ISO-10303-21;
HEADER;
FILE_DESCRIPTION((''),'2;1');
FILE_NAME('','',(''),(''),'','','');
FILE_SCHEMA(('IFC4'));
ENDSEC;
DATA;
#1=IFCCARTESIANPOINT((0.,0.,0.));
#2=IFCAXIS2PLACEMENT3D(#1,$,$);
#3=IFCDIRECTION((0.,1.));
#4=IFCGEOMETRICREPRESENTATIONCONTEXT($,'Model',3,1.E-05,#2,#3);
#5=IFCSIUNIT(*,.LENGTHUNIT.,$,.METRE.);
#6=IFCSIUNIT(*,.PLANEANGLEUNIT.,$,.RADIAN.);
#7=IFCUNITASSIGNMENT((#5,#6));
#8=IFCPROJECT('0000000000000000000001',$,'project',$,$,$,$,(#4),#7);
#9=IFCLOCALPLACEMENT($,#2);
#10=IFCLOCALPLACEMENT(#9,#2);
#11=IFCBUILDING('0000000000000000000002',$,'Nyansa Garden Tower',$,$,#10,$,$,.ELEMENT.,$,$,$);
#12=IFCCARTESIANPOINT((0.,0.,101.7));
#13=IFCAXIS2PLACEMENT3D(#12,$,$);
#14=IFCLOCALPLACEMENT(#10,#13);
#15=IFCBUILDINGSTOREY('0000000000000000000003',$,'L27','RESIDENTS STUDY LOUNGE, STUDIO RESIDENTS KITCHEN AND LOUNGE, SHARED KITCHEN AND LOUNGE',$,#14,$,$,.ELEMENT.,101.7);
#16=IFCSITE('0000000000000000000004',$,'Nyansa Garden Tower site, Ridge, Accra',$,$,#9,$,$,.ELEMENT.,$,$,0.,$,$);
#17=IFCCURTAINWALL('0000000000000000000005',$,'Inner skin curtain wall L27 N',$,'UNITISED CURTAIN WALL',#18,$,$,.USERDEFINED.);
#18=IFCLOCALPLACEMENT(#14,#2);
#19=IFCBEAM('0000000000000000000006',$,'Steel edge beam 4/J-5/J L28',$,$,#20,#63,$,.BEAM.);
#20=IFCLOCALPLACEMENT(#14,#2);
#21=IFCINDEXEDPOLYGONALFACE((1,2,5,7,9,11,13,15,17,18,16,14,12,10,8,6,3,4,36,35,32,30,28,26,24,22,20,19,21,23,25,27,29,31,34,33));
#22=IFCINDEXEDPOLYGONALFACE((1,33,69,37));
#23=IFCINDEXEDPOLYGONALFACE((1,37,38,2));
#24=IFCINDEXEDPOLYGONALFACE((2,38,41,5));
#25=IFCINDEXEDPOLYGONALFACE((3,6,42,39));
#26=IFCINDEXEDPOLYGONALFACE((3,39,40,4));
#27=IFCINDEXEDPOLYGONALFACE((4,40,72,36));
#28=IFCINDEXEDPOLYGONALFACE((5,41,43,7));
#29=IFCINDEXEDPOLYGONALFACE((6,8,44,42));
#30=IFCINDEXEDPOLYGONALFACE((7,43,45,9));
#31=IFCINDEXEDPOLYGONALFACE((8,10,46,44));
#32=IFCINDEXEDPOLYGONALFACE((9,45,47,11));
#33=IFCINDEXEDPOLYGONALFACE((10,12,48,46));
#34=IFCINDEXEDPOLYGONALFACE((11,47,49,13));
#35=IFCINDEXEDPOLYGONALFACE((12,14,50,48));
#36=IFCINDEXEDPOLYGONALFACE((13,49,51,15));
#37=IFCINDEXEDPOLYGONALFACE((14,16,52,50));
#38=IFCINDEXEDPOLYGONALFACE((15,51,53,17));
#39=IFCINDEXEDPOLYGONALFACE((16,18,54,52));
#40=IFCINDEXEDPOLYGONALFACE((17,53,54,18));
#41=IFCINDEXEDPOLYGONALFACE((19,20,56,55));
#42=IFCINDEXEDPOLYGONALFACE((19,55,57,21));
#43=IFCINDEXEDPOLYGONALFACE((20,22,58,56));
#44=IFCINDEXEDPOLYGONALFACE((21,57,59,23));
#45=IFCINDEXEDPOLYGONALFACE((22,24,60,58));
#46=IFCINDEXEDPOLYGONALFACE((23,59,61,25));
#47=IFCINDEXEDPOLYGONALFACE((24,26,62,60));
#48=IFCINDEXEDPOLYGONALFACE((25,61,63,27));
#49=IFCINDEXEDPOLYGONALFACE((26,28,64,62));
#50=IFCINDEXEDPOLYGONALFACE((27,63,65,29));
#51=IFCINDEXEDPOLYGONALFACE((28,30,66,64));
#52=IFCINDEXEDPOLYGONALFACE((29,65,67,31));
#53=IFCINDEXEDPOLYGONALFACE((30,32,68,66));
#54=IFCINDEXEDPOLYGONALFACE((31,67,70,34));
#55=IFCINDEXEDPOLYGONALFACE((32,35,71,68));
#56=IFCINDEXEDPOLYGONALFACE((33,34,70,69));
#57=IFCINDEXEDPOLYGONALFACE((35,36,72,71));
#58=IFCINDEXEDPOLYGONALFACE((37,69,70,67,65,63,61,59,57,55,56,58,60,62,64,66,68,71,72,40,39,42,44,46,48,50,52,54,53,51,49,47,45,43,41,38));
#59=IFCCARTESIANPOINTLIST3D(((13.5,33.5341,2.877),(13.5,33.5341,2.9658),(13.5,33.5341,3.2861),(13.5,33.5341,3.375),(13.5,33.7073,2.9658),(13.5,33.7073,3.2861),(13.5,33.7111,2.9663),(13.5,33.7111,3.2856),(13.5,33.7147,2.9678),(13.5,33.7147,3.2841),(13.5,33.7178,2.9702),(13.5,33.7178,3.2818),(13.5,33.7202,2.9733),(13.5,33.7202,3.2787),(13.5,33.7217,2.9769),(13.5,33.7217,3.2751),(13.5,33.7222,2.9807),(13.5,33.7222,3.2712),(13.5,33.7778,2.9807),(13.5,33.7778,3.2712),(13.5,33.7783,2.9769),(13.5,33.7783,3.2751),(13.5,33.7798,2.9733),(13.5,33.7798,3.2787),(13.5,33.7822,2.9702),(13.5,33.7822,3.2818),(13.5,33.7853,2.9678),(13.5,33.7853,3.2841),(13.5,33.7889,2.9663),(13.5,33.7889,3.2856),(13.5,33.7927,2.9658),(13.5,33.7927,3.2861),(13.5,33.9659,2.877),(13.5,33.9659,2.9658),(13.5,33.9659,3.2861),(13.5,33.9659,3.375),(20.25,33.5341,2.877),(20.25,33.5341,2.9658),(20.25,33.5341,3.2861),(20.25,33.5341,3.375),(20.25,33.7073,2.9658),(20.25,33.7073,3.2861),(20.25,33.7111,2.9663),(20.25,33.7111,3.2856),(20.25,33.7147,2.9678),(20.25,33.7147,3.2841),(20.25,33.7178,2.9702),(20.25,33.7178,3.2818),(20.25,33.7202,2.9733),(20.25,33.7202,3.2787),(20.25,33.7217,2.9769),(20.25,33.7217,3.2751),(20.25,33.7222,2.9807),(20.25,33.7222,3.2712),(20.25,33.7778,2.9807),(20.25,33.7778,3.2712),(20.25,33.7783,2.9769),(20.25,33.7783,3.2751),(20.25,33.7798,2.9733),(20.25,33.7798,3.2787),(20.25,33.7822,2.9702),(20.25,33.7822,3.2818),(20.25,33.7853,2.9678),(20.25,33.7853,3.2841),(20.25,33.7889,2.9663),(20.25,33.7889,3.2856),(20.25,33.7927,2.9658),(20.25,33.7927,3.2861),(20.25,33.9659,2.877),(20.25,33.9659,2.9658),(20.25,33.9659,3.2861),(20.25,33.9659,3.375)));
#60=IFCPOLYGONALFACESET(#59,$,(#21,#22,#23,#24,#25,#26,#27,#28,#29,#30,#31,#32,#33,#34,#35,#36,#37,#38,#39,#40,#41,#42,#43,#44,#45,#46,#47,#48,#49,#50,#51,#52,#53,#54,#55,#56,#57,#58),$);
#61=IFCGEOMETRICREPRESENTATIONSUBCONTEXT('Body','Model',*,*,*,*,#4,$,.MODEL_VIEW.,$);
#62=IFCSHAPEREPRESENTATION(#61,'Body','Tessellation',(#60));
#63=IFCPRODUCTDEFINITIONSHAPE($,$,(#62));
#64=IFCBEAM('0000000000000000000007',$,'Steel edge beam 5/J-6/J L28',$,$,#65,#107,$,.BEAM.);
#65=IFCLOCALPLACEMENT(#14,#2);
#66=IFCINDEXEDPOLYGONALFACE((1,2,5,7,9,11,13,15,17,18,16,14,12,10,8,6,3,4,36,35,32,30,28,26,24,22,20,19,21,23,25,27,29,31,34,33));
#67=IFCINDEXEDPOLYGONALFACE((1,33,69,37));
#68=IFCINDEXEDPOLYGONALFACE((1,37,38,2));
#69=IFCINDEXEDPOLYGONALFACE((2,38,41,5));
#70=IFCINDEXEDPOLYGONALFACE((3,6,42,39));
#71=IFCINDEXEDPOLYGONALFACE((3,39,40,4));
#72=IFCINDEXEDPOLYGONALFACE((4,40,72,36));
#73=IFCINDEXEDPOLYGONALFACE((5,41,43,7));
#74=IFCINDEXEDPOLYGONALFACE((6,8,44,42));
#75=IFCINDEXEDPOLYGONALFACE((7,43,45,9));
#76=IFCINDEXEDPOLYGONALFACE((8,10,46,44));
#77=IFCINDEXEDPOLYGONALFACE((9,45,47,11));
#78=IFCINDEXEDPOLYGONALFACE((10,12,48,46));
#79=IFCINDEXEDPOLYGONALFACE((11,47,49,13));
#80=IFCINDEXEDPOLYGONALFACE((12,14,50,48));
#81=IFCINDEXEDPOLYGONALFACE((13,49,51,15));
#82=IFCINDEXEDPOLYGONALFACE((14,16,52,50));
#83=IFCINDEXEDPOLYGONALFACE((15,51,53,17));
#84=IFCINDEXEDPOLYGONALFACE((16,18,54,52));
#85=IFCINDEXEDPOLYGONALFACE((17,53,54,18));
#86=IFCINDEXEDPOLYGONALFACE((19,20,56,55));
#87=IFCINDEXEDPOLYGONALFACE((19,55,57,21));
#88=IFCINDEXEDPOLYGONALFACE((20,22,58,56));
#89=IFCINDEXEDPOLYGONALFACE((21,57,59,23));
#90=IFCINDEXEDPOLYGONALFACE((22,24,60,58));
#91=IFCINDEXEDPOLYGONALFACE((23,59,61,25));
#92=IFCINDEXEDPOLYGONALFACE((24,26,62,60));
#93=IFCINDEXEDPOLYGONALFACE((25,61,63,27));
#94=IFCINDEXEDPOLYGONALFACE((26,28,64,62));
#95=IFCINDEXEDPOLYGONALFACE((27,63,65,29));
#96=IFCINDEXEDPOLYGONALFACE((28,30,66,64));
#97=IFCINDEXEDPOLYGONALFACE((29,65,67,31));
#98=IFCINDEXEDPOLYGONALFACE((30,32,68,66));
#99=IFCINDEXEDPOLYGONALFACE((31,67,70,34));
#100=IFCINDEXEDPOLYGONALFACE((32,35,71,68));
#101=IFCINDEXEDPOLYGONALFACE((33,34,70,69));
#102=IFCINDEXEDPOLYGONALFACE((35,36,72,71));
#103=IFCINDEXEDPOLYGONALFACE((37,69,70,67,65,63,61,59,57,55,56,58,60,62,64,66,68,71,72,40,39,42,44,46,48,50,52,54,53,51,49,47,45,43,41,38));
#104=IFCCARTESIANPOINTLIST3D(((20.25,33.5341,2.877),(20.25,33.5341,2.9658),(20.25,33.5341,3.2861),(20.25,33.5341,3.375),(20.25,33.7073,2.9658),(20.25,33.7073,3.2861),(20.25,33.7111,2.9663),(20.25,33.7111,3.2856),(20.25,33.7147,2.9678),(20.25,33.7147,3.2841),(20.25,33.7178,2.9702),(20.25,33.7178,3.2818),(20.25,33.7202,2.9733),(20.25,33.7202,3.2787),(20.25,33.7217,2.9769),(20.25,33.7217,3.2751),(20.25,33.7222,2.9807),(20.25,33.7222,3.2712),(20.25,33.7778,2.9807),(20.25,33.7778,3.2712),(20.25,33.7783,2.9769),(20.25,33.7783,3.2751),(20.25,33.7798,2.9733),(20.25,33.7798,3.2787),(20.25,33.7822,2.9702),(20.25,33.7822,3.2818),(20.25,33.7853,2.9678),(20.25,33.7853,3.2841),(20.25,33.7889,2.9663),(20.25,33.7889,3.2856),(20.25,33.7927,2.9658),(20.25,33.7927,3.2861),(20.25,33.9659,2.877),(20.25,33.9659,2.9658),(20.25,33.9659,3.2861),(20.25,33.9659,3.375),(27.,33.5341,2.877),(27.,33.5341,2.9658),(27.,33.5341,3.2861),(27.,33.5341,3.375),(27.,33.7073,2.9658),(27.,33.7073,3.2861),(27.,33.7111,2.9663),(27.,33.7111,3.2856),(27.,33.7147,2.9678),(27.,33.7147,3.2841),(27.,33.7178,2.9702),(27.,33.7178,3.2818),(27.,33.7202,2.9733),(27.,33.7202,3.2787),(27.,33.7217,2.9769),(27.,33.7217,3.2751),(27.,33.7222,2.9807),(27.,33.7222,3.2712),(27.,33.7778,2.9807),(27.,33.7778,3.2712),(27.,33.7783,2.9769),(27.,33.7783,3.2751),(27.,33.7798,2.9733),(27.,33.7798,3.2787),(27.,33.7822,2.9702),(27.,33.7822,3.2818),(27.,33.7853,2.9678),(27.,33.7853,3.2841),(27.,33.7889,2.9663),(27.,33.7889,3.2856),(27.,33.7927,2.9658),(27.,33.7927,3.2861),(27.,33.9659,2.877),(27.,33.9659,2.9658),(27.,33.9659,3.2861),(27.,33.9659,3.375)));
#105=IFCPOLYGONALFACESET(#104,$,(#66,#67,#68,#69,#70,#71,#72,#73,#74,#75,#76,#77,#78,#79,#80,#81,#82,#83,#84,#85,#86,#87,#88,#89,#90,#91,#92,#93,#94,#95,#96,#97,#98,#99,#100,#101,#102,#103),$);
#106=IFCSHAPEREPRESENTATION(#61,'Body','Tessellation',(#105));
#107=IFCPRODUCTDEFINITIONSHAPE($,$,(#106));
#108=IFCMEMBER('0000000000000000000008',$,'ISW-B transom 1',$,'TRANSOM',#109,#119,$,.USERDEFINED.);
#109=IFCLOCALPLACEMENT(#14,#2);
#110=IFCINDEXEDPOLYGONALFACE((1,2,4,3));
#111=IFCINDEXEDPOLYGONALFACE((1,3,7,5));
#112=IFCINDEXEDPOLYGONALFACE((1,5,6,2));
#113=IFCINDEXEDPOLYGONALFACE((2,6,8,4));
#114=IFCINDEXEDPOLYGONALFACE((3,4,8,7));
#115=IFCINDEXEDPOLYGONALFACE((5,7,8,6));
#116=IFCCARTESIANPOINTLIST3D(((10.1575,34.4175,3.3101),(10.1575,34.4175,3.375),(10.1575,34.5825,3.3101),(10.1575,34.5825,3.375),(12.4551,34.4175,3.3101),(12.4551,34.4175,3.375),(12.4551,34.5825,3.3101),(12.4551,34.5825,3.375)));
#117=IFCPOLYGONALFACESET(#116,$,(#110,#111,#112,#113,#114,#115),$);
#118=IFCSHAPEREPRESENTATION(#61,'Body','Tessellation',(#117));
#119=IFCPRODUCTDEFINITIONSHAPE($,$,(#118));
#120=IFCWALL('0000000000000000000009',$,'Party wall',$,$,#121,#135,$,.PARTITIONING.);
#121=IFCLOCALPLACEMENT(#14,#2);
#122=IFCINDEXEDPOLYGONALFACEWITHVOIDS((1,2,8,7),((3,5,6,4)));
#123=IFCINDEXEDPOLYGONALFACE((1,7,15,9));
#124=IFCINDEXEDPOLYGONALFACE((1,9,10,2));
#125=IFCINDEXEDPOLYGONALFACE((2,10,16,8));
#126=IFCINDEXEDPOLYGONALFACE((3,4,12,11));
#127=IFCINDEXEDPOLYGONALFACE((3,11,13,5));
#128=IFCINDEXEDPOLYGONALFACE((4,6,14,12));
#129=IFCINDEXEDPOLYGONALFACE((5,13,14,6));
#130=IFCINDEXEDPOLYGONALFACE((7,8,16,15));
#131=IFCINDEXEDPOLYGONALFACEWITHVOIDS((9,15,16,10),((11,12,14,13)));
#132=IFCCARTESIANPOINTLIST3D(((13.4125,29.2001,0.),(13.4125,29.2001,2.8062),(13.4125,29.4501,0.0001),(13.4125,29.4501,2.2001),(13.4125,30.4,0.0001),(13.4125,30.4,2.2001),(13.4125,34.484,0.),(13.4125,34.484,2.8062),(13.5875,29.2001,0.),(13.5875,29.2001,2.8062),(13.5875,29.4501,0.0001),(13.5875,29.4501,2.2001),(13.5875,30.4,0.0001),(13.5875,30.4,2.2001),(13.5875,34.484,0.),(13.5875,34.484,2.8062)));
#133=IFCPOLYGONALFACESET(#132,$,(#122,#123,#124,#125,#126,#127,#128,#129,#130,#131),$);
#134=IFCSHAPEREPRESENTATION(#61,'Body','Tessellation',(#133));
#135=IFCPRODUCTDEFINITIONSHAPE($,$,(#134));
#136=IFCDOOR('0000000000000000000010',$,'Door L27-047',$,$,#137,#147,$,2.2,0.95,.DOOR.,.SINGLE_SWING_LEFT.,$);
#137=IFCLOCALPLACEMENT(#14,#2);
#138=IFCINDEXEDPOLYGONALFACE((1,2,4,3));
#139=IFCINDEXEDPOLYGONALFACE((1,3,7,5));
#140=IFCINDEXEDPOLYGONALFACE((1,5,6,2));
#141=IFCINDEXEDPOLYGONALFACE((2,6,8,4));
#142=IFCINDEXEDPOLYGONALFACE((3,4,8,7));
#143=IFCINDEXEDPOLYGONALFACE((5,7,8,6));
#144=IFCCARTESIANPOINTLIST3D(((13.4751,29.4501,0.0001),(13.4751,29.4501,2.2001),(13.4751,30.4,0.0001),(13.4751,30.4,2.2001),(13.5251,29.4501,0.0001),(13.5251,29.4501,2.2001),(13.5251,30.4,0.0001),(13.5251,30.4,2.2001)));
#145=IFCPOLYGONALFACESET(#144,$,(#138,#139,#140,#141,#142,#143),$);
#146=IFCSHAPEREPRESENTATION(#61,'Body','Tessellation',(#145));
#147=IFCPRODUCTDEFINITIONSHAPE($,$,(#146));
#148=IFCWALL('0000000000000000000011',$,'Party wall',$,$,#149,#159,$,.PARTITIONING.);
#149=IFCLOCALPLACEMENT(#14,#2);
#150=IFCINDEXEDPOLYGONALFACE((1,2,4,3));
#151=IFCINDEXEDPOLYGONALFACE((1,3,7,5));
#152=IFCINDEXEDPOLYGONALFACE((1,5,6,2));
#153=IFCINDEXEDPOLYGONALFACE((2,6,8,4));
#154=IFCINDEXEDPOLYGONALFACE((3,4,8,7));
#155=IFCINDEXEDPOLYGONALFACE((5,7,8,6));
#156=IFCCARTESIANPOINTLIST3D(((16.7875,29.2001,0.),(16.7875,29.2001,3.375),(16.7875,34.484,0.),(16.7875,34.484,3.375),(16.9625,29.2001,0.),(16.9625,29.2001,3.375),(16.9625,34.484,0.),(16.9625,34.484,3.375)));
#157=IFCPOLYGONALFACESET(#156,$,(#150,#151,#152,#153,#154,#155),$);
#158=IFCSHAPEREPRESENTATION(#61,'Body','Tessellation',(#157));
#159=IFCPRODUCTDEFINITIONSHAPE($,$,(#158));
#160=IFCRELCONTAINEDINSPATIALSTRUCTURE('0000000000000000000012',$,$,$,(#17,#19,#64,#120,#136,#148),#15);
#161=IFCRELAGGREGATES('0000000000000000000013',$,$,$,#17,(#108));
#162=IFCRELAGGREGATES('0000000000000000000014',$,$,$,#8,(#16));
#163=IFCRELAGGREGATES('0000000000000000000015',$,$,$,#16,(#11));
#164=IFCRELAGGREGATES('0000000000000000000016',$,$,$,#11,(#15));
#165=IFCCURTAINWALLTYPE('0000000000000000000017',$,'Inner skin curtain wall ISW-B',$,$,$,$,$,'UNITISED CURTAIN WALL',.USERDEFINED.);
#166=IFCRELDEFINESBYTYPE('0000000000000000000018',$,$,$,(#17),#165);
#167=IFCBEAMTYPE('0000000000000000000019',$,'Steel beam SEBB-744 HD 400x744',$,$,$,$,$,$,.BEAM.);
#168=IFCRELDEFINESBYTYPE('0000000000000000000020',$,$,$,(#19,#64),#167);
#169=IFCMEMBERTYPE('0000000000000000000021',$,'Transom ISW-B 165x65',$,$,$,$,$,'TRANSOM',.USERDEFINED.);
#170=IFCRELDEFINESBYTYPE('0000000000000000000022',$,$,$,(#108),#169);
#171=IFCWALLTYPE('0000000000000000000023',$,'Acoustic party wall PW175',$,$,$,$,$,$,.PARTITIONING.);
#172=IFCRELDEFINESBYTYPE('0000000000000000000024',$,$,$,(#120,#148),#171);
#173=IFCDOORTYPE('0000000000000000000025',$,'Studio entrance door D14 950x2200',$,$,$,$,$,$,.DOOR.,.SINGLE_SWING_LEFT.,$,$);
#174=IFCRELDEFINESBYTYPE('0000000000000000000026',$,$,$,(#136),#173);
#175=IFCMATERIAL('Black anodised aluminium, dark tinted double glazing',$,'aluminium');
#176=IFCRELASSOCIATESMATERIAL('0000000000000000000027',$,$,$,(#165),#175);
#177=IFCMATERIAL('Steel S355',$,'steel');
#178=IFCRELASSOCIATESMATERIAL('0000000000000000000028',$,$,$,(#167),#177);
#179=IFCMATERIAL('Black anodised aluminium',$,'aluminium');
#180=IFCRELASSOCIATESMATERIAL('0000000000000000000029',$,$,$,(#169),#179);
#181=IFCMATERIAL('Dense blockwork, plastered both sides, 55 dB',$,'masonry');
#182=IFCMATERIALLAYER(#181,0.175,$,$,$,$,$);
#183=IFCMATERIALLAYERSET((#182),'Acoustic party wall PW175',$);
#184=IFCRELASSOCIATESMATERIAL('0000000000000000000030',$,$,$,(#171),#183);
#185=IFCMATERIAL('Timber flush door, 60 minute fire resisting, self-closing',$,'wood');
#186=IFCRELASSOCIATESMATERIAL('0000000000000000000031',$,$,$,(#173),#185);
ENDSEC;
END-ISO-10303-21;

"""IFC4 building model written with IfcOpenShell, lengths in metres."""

from ifc_helpers import new_model, si_unit, direction, frame, frame_2d, origin, origin_2d, place, context, subcontext, project, spatial, rectangle, i_section, extrude, material, layer, layer_set, material_profile, profile_set, type_object, element, fill, aggregate, save


model = new_model("IFC4")

# Units and contexts
model_context = context("Model", 3, precision=1e-05, world=origin(), true_north=direction((0.0, 1.0)))
body_context = subcontext(model_context, "Body", "Model", "MODEL_VIEW")
ifc_project = project(units=[si_unit("LENGTHUNIT", "METRE"), si_unit("PLANEANGLEUNIT", "RADIAN")], contexts=[model_context])

# Site, building, storey
site_placement = place(None, origin())
site = spatial("IfcSite", under=ifc_project, at=site_placement, Name="Nyansa Garden Tower site, Ridge, Accra", CompositionType="ELEMENT", RefElevation=0.0)
building_placement = place(site_placement, origin())
building = spatial("IfcBuilding", under=site, at=building_placement, Name="Nyansa Garden Tower", CompositionType="ELEMENT")
storey_placement = place(building_placement, frame((0.0, 0.0, 101.7)))
storey = spatial("IfcBuildingStorey", under=building, at=storey_placement, Name="L27", Description="RESIDENTS STUDY LOUNGE, STUDIO RESIDENTS KITCHEN AND LOUNGE, SHARED KITCHEN AND LOUNGE", CompositionType="ELEMENT", Elevation=101.7)

# Curtain wall
ifc_material_1 = material(Name="Black anodised aluminium, dark tinted double glazing", Category="aluminium")
curtain_wall_type = type_object("IfcCurtainWallType", Name="Inner skin curtain wall ISW-B", ElementType="UNITISED CURTAIN WALL", PredefinedType="USERDEFINED", material=ifc_material_1)
curtain_wall_placement = place(storey_placement, origin())
curtain_wall = element("IfcCurtainWall", 1, at=curtain_wall_placement, inside=storey, type_object=curtain_wall_type, Name="Inner skin curtain wall L27 N", ObjectType="UNITISED CURTAIN WALL", PredefinedType="USERDEFINED")

# Beams
ifc_material_2 = material(Name="Steel S355", Category="steel")
ifc_material_profile_1 = material_profile(ifc_material_2, i_section(OverallWidth=0.4319, OverallDepth=0.498, WebThickness=0.0557, FlangeThickness=0.0889, FilletRadius=0.0149, at=origin_2d()), Name="HD 400x744")
ifc_profile_set_1 = profile_set([ifc_material_profile_1], Name="Steel S355")
beam_type_1 = type_object("IfcBeamType", Name="Steel beam SEBB-744 HD 400x744", PredefinedType="BEAM", material=ifc_profile_set_1)
for number, where, z_axis, x_axis, name in (
    (2, (13.5, 33.75, 3.126), (1.0, 0.0, 0.0), (0.0, 1.0, 0.0), "Steel edge beam 4/J-5/J L28"),
    (3, (20.25, 33.75, 3.126), (1.0, 0.0, 0.0), (0.0, 1.0, 0.0), "Steel edge beam 5/J-6/J L28"),
):
    element("IfcBeam", number, at=place(storey_placement, frame(where, z_axis=z_axis, x_axis=x_axis)), inside=storey, type_object=beam_type_1, Name=name, PredefinedType="BEAM", context=body_context, shape_type="SweptSolid", body=[
        extrude(i_section(OverallWidth=0.4319, OverallDepth=0.498, WebThickness=0.0557, FlangeThickness=0.0889, FilletRadius=0.0149, at=origin_2d()), origin(), (0.0, 0.0, 1.0), 6.75),
    ])

# Member
ifc_material_3 = material(Name="Black anodised aluminium", Category="aluminium")
ifc_material_profile_2 = material_profile(ifc_material_3, rectangle(XDim=0.165, YDim=0.0649, at=origin_2d()), Name="Transom 165x65")
ifc_profile_set_2 = profile_set([ifc_material_profile_2], Name="Black anodised aluminium")
member_type_1 = type_object("IfcMemberType", Name="Transom ISW-B 165x65", ElementType="TRANSOM", PredefinedType="USERDEFINED", material=ifc_profile_set_2)
member_1_placement = place(storey_placement, frame((12.4551, 34.5, 3.3425), z_axis=(-1.0, 0.0, 0.0), x_axis=(0.0, -1.0, 0.0)))
member_1 = element("IfcMember", 4, at=member_1_placement, type_object=member_type_1, Name="ISW-B transom 1", ObjectType="TRANSOM", PredefinedType="USERDEFINED", context=body_context, shape_type="SweptSolid", body=[
    extrude(rectangle(XDim=0.165, YDim=0.0649, at=origin_2d()), origin(), (0.0, 0.0, 1.0), 2.2976),
])
aggregate(curtain_wall, [member_1])

# Wall, opening, door
ifc_material_4 = material(Name="Dense blockwork, plastered both sides, 55 dB", Category="masonry")
ifc_layer_1 = layer(ifc_material_4, 0.175)
ifc_layer_set_1 = layer_set([ifc_layer_1], Name="Acoustic party wall PW175")
wall_type_1 = type_object("IfcWallType", Name="Acoustic party wall PW175", PredefinedType="PARTITIONING", material=ifc_layer_set_1)
wall_1_placement = place(storey_placement, frame((13.5, 29.2, 0.0), z_axis=(0.0, 0.0, 1.0), x_axis=(0.0, 1.0, 0.0)))
wall_1 = element("IfcWall", 5, at=wall_1_placement, inside=storey, type_object=wall_type_1, Name="Party wall", PredefinedType="PARTITIONING", context=body_context, shape_type="SweptSolid", body=[
    extrude(rectangle(XDim=5.2839, YDim=0.175, at=frame_2d((2.6421, 0.0))), origin(), (0.0, 0.0, 1.0), 2.8062),
])
opening_1_placement = place(wall_1_placement, frame((0.25, 0.0, 0.0)))
opening_1 = element("IfcOpeningElement", 6, at=opening_1_placement, cuts=wall_1, PredefinedType="OPENING", context=body_context, shape_type="SweptSolid", body=[
    extrude(rectangle(XDim=0.95, YDim=2.2, at=frame_2d((0.4751, 1.1001))), frame((0.0, 0.0974, 0.0), z_axis=(0.0, -1.0, 0.0), x_axis=(1.0, 0.0, 0.0)), (0.0, 0.0, 1.0), 0.1951),
])
ifc_material_5 = material(Name="Timber flush door, 60 minute fire resisting, self-closing", Category="wood")
door_type_1 = type_object("IfcDoorType", Name="Studio entrance door D14 950x2200", OperationType="SINGLE_SWING_LEFT", PredefinedType="DOOR", material=ifc_material_5)
door_1_placement = place(opening_1_placement, origin())
door_1 = element("IfcDoor", 7, at=door_1_placement, inside=storey, type_object=door_type_1, Name="Door L27-047", OperationType="SINGLE_SWING_LEFT", OverallHeight=2.2, OverallWidth=0.95, PredefinedType="DOOR", context=body_context, shape_type="SweptSolid", body=[
    extrude(rectangle(XDim=0.95, YDim=2.2, at=frame_2d((0.4751, 1.1001))), frame((0.0, 0.0249, 0.0), z_axis=(0.0, -1.0, 0.0), x_axis=(1.0, 0.0, 0.0)), (0.0, 0.0, 1.0), 0.05),
])
fill(opening_1, door_1)

# Wall
wall_2_placement = place(storey_placement, frame((16.875, 29.2, 0.0), z_axis=(0.0, 0.0, 1.0), x_axis=(0.0, 1.0, 0.0)))
element("IfcWall", 8, at=wall_2_placement, inside=storey, type_object=wall_type_1, Name="Party wall", PredefinedType="PARTITIONING", context=body_context, shape_type="SweptSolid", body=[
    extrude(rectangle(XDim=5.2839, YDim=0.175, at=frame_2d((2.6421, 0.0))), origin(), (0.0, 0.0, 1.0), 3.375),
])

save(model, "model.ifc")
